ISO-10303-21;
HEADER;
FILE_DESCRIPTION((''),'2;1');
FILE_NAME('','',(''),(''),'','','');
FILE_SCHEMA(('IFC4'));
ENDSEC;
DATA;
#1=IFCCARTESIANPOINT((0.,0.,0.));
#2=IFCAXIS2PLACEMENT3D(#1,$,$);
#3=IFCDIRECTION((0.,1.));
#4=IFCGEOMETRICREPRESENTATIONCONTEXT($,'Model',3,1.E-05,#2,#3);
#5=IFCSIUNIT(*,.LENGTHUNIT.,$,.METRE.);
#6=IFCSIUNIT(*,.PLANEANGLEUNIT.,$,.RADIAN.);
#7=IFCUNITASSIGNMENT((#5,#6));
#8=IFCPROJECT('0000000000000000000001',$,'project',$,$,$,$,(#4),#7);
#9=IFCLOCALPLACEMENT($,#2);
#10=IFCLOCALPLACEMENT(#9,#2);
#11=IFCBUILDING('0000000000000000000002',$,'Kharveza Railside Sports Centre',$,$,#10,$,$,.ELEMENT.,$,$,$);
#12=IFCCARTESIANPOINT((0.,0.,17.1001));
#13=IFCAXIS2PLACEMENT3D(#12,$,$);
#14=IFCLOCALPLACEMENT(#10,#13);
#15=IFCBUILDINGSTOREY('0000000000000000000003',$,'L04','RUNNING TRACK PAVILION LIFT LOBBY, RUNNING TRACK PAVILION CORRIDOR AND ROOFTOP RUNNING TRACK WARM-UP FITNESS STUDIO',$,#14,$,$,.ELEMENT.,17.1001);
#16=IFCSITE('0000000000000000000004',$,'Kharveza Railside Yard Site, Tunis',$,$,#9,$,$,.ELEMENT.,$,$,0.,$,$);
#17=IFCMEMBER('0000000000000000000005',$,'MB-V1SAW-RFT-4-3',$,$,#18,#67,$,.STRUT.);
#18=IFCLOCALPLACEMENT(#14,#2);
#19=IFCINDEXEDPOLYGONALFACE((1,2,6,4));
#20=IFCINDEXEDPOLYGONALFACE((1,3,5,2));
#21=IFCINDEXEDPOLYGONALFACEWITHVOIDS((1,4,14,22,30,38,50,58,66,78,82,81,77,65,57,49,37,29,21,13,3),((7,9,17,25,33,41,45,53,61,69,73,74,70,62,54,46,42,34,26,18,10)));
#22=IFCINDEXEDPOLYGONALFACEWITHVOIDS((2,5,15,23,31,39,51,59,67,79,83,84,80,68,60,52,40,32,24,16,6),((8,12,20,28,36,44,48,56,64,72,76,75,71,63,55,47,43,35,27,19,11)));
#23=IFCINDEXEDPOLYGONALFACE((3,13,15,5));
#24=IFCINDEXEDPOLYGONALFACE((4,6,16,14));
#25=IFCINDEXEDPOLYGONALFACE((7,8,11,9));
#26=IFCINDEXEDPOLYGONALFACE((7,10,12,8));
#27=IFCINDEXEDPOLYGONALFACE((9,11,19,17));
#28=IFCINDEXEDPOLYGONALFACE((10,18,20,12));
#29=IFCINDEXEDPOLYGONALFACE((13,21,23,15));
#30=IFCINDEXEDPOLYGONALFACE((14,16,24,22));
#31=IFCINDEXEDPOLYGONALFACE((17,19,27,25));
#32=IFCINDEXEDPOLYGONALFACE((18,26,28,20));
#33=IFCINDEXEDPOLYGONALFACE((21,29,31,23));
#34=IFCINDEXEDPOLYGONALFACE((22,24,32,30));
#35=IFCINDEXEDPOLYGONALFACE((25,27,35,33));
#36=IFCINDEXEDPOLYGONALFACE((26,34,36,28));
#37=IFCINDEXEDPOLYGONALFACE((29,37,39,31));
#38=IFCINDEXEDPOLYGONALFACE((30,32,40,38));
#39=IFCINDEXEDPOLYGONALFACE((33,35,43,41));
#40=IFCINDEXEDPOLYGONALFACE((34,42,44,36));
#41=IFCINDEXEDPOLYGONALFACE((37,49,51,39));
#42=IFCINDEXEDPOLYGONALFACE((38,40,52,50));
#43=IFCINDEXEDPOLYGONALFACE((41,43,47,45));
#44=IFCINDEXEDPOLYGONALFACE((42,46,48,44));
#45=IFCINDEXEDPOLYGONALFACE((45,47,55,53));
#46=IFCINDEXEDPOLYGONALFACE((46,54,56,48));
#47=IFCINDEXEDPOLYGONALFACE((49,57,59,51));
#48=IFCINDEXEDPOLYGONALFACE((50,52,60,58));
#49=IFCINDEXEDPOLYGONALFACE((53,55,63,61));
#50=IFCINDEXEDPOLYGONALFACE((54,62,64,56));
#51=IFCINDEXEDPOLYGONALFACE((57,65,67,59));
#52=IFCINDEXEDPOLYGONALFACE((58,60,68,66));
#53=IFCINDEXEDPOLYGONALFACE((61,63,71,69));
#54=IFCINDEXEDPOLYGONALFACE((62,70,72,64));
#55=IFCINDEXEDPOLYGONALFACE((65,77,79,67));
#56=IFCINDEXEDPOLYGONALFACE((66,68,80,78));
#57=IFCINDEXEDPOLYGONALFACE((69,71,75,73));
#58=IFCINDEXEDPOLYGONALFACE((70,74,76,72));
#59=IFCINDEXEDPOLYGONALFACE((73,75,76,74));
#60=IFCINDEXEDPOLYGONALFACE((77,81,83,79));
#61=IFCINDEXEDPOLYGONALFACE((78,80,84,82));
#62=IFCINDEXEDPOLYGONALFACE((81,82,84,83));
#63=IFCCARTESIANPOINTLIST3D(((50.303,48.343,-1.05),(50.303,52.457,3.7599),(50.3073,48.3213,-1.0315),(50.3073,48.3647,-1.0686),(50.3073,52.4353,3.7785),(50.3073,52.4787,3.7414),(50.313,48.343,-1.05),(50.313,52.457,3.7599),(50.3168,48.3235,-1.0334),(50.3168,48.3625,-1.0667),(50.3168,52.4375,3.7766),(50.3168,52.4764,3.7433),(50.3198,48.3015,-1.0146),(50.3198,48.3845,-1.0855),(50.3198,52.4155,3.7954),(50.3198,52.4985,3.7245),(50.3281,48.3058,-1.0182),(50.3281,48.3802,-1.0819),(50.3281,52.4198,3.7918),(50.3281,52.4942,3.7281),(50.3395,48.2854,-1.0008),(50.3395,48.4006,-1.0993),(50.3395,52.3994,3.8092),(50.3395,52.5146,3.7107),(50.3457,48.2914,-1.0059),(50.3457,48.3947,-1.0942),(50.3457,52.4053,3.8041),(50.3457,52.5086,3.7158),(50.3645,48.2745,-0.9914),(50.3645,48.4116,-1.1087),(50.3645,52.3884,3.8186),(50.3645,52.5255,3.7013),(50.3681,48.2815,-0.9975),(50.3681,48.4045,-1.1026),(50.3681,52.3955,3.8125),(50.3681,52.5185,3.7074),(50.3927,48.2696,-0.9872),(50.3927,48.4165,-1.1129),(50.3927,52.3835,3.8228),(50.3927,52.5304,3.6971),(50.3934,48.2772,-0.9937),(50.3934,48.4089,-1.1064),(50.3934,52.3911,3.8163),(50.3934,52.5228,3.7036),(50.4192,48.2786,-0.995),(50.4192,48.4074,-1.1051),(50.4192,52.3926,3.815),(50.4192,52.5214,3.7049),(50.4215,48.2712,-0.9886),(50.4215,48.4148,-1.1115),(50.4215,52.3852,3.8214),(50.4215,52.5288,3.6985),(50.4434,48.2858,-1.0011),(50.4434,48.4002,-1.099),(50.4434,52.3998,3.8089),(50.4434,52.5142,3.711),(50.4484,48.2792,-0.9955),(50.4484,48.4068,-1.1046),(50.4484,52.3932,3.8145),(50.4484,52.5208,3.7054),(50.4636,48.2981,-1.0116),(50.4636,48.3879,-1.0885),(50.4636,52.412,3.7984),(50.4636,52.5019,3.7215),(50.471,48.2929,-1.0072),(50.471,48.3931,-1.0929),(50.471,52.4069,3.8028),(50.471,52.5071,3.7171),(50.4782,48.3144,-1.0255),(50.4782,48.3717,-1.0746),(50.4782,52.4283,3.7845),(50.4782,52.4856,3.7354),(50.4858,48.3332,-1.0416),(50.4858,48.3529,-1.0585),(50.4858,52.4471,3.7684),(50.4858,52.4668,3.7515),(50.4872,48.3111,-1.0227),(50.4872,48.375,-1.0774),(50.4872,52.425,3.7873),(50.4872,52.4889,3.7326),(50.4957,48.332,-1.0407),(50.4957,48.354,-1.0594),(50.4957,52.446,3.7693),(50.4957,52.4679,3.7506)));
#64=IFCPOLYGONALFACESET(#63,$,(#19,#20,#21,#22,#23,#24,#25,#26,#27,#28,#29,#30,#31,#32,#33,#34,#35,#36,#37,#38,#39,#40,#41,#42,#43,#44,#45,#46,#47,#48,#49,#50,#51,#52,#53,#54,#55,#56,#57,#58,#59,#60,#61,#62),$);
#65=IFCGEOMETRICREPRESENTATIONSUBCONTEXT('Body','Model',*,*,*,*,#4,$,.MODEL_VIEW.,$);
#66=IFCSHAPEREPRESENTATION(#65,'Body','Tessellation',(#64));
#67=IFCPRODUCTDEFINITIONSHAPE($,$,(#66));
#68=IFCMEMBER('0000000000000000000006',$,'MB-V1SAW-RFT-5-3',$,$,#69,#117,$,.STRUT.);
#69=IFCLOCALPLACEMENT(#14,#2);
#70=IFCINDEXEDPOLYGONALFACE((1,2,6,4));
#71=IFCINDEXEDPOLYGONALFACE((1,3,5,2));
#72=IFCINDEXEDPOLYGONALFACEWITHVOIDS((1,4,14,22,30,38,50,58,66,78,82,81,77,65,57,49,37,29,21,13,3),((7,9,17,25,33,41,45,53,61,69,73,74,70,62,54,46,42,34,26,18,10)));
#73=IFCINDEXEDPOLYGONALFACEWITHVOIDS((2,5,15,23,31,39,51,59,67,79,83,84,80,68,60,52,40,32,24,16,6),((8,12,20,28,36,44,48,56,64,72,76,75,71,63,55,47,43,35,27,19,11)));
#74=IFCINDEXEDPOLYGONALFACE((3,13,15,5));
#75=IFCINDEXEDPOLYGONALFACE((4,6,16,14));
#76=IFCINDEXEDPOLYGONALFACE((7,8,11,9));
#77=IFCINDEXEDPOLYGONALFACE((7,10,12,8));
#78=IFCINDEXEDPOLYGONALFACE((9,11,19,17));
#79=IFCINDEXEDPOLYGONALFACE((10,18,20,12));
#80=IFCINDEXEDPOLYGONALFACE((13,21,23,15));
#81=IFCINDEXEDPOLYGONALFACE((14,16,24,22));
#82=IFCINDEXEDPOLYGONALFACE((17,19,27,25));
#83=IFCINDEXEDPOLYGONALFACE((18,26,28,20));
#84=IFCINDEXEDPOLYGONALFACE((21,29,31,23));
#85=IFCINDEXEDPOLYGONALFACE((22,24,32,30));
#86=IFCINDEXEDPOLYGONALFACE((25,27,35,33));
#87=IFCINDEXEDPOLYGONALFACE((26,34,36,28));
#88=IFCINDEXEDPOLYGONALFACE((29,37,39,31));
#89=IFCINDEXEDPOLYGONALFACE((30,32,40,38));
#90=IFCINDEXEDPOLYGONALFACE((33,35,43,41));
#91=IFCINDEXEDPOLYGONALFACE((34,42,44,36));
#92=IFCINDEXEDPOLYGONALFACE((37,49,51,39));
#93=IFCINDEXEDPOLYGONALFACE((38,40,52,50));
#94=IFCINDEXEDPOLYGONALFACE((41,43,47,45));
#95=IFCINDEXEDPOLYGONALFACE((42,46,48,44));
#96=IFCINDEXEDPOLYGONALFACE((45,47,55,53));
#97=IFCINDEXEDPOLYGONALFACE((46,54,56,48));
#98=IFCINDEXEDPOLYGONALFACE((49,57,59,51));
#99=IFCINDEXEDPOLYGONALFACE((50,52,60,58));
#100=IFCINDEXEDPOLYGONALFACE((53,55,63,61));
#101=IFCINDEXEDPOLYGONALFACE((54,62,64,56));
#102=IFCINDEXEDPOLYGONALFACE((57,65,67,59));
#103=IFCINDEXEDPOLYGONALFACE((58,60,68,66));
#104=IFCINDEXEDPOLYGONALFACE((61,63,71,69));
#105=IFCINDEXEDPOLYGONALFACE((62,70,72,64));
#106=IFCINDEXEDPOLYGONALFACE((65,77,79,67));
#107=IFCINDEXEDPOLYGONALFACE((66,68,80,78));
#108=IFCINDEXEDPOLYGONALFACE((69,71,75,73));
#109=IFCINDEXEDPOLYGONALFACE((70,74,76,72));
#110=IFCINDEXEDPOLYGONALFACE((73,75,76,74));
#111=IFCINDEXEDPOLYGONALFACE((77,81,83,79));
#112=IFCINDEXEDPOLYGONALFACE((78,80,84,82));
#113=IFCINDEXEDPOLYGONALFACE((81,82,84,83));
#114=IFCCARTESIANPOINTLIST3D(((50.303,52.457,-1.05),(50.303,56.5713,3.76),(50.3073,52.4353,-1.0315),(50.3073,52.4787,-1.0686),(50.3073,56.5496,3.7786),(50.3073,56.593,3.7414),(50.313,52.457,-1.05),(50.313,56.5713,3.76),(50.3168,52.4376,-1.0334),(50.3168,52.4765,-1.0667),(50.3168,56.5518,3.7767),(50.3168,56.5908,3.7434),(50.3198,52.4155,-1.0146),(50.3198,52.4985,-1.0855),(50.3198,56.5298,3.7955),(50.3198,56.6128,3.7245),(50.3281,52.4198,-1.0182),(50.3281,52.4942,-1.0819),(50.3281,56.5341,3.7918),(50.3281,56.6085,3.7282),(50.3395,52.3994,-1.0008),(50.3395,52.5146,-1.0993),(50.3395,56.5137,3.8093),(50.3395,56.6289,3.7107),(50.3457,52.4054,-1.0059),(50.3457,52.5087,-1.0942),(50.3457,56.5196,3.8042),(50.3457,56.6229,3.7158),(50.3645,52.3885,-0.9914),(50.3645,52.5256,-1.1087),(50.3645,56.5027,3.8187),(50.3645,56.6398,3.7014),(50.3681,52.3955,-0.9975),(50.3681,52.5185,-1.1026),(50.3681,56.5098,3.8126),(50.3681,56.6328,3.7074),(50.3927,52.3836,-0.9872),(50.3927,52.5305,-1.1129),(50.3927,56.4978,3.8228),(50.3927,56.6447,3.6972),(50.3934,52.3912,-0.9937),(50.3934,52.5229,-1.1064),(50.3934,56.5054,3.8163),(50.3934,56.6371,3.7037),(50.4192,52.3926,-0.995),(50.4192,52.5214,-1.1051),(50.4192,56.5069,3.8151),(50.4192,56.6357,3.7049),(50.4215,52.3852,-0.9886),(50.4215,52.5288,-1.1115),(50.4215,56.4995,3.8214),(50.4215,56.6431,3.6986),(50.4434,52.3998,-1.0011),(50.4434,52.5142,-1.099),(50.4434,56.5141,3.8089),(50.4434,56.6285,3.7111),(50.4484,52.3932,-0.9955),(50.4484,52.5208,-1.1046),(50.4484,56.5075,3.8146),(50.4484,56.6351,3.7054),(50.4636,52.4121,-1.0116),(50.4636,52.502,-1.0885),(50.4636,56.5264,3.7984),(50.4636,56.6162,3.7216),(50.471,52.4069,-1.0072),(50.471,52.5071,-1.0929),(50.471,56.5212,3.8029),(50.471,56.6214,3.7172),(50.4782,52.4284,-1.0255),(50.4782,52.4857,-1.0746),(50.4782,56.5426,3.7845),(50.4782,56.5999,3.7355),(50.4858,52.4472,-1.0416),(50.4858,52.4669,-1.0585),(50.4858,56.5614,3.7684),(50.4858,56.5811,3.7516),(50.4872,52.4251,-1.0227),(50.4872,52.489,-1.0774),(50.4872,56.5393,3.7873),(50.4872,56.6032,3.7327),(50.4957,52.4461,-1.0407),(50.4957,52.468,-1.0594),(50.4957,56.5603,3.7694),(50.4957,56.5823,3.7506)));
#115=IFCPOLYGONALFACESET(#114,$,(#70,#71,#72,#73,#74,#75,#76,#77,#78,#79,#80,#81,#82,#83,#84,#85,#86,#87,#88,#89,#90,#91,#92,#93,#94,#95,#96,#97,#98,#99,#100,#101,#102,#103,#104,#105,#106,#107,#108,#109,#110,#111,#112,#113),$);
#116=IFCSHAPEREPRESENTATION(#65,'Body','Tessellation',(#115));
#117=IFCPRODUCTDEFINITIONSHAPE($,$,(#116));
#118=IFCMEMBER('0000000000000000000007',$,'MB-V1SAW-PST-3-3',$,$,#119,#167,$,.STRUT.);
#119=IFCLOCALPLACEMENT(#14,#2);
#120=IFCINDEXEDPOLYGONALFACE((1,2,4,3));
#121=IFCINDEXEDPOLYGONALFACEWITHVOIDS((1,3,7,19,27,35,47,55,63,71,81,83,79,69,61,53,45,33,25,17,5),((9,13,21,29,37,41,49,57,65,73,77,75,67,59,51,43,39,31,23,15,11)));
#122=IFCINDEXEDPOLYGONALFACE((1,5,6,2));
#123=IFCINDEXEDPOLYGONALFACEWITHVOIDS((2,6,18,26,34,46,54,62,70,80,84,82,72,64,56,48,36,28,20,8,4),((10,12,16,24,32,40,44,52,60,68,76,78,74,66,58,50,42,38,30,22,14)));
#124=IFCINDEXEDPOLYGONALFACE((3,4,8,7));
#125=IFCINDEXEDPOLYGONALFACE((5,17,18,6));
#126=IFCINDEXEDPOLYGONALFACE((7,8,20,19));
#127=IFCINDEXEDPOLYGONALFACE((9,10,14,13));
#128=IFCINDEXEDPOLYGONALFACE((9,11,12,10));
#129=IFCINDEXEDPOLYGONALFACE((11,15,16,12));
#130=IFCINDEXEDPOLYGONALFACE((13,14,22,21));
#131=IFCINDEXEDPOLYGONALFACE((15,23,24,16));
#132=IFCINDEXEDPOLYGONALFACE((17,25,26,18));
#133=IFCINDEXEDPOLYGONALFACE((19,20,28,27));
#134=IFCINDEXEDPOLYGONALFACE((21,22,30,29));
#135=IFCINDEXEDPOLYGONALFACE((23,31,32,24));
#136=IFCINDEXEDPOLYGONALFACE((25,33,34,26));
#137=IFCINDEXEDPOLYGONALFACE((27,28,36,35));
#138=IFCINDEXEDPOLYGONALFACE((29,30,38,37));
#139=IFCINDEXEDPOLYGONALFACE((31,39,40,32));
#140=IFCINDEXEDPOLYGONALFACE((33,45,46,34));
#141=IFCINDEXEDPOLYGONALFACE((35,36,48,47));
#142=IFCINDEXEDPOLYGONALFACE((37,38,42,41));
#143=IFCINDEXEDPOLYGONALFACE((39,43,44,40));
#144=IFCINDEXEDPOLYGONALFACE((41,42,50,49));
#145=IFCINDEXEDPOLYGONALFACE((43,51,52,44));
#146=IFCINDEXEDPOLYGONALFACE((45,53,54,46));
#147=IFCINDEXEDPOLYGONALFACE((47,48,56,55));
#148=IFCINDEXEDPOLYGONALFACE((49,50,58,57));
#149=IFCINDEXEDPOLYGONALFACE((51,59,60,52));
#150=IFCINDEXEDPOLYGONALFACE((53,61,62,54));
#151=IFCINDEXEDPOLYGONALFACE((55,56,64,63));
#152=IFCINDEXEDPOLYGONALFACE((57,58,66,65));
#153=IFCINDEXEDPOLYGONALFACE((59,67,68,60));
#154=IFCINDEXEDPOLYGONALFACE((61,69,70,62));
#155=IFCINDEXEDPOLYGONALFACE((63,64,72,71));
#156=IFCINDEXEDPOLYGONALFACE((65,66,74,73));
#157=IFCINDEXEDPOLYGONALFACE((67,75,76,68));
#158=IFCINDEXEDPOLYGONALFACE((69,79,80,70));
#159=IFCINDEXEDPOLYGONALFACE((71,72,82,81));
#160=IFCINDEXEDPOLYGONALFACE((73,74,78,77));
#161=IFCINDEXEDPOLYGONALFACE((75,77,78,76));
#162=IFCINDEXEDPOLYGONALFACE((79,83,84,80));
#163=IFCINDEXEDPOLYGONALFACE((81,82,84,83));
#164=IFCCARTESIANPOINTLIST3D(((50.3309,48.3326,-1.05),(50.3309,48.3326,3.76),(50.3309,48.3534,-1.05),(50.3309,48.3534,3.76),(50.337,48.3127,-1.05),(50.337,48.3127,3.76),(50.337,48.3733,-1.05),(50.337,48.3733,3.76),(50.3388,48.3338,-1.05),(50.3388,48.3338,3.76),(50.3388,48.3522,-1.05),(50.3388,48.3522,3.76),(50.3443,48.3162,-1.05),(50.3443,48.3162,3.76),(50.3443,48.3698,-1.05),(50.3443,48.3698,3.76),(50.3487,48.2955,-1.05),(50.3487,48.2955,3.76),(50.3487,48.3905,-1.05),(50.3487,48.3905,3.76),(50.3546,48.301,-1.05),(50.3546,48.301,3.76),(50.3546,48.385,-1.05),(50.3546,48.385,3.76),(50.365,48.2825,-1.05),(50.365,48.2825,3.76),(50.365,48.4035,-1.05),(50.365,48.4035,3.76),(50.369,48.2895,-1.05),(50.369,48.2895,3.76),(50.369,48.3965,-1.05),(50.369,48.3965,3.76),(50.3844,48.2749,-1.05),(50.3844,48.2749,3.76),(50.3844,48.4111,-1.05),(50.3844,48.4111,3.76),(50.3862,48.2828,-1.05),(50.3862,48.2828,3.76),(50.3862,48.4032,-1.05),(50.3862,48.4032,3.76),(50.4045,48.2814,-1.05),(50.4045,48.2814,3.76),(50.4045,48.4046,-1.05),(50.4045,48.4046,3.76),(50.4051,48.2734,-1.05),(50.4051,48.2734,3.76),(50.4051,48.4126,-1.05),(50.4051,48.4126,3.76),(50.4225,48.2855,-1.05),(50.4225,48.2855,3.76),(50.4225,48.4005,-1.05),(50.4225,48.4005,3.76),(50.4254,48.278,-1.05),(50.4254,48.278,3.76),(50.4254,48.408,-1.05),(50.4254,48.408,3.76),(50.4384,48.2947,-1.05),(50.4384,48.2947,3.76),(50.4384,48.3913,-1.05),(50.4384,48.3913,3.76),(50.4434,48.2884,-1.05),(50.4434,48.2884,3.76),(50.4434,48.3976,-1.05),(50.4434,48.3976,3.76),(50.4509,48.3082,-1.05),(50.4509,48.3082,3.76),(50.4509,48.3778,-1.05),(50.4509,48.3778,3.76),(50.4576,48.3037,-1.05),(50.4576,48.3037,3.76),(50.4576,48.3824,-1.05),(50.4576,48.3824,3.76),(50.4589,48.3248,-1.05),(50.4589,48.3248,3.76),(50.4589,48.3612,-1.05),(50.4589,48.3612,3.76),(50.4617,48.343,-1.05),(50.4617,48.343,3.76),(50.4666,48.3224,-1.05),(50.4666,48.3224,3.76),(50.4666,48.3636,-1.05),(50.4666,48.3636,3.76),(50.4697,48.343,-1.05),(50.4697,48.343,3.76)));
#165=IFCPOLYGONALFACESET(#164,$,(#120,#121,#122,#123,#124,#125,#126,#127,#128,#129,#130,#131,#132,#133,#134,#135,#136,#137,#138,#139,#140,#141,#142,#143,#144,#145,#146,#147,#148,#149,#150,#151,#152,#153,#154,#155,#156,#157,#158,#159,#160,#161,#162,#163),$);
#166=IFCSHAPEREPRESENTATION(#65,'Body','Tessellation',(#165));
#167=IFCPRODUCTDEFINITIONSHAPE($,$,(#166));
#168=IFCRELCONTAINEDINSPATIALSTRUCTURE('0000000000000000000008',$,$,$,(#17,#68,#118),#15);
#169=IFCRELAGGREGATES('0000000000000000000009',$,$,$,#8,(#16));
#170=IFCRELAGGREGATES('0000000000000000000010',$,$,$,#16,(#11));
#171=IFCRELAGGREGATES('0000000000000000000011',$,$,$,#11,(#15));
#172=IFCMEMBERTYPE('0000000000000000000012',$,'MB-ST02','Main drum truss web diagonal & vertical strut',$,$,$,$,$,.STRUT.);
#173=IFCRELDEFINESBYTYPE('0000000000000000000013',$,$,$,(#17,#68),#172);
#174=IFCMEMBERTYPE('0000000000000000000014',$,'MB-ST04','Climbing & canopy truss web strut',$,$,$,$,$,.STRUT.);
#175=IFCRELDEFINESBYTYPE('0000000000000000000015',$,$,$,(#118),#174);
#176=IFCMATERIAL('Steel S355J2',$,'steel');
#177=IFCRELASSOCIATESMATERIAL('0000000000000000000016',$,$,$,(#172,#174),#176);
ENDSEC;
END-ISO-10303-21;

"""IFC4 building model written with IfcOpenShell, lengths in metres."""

from ifc_helpers import new_model, si_unit, direction, frame, origin, origin_2d, place, context, subcontext, project, spatial, hollow_circle, extrude, material, material_profile, profile_set, type_object, element, save


model = new_model("IFC4")

# Units and contexts
model_context = context("Model", 3, precision=1e-05, world=origin(), true_north=direction((0.0, 1.0)))
body_context = subcontext(model_context, "Body", "Model", "MODEL_VIEW")
ifc_project = project(units=[si_unit("LENGTHUNIT", "METRE"), si_unit("PLANEANGLEUNIT", "RADIAN")], contexts=[model_context])

# Site, building, storey
site_placement = place(None, origin())
site = spatial("IfcSite", under=ifc_project, at=site_placement, Name="Kharveza Railside Yard Site, Tunis", CompositionType="ELEMENT", RefElevation=0.0)
building_placement = place(site_placement, origin())
building = spatial("IfcBuilding", under=site, at=building_placement, Name="Kharveza Railside Sports Centre", CompositionType="ELEMENT")
storey_placement = place(building_placement, frame((0.0, 0.0, 17.1001)))
storey = spatial("IfcBuildingStorey", under=building, at=storey_placement, Name="L04", Description="RUNNING TRACK PAVILION LIFT LOBBY, RUNNING TRACK PAVILION CORRIDOR AND ROOFTOP RUNNING TRACK WARM-UP FITNESS STUDIO", CompositionType="ELEMENT", Elevation=17.1001)

# Members
ifc_material_1 = material(Name="Steel S355J2", Category="steel")
ifc_material_profile_1 = material_profile(ifc_material_1, hollow_circle(Radius=0.0969, WallThickness=0.01, at=origin_2d()), Name="CHS 193.7x10.0")
ifc_profile_set_1 = profile_set([ifc_material_profile_1], Name="Steel S355J2")
member_type_1 = type_object("IfcMemberType", Name="MB-ST02", Description="Main drum truss web diagonal & vertical strut", PredefinedType="STRUT", material=ifc_profile_set_1)
member_1_placement = place(storey_placement, frame((50.3999, 48.343, -1.05), z_axis=(0.0, 0.649981, 0.75995), x_axis=(-1.0, 0.0, 0.0)))
element("IfcMember", 1, at=member_1_placement, inside=storey, type_object=member_type_1, Name="MB-V1SAW-RFT-4-3", PredefinedType="STRUT", context=body_context, shape_type="SweptSolid", body=[
    extrude(hollow_circle(Radius=0.0969, WallThickness=0.01, at=origin_2d()), origin(), (0.0, 0.0, 1.0), 6.3293),
])
member_2_placement = place(storey_placement, frame((50.3999, 52.457, -1.05), z_axis=(0.0, 0.650003, 0.759931), x_axis=(-1.0, 0.0, 0.0)))
element("IfcMember", 2, at=member_2_placement, inside=storey, type_object=member_type_1, Name="MB-V1SAW-RFT-5-3", PredefinedType="STRUT", context=body_context, shape_type="SweptSolid", body=[
    extrude(hollow_circle(Radius=0.0969, WallThickness=0.01, at=origin_2d()), origin(), (0.0, 0.0, 1.0), 6.3296),
])
ifc_material_profile_2 = material_profile(ifc_material_1, hollow_circle(Radius=0.0698, WallThickness=0.0081, at=origin_2d()), Name="CHS 139.7x8.0")
ifc_profile_set_2 = profile_set([ifc_material_profile_2], Name="Steel S355J2")
member_type_2 = type_object("IfcMemberType", Name="MB-ST04", Description="Climbing & canopy truss web strut", PredefinedType="STRUT", material=ifc_profile_set_2)
for number, where, z_axis, x_axis, name in (
    (3, (50.3999, 48.343, -1.05), (0.0, 0.0, 1.0), (1.0, 0.0, 0.0), "MB-V1SAW-PST-3-3"),
):
    element("IfcMember", number, at=place(storey_placement, frame(where, z_axis=z_axis, x_axis=x_axis)), inside=storey, type_object=member_type_2, Name=name, PredefinedType="STRUT", context=body_context, shape_type="SweptSolid", body=[
        extrude(hollow_circle(Radius=0.0698, WallThickness=0.0081, at=origin_2d()), origin(), (0.0, 0.0, 1.0), 4.8101),
    ])

save(model, "model.ifc")
